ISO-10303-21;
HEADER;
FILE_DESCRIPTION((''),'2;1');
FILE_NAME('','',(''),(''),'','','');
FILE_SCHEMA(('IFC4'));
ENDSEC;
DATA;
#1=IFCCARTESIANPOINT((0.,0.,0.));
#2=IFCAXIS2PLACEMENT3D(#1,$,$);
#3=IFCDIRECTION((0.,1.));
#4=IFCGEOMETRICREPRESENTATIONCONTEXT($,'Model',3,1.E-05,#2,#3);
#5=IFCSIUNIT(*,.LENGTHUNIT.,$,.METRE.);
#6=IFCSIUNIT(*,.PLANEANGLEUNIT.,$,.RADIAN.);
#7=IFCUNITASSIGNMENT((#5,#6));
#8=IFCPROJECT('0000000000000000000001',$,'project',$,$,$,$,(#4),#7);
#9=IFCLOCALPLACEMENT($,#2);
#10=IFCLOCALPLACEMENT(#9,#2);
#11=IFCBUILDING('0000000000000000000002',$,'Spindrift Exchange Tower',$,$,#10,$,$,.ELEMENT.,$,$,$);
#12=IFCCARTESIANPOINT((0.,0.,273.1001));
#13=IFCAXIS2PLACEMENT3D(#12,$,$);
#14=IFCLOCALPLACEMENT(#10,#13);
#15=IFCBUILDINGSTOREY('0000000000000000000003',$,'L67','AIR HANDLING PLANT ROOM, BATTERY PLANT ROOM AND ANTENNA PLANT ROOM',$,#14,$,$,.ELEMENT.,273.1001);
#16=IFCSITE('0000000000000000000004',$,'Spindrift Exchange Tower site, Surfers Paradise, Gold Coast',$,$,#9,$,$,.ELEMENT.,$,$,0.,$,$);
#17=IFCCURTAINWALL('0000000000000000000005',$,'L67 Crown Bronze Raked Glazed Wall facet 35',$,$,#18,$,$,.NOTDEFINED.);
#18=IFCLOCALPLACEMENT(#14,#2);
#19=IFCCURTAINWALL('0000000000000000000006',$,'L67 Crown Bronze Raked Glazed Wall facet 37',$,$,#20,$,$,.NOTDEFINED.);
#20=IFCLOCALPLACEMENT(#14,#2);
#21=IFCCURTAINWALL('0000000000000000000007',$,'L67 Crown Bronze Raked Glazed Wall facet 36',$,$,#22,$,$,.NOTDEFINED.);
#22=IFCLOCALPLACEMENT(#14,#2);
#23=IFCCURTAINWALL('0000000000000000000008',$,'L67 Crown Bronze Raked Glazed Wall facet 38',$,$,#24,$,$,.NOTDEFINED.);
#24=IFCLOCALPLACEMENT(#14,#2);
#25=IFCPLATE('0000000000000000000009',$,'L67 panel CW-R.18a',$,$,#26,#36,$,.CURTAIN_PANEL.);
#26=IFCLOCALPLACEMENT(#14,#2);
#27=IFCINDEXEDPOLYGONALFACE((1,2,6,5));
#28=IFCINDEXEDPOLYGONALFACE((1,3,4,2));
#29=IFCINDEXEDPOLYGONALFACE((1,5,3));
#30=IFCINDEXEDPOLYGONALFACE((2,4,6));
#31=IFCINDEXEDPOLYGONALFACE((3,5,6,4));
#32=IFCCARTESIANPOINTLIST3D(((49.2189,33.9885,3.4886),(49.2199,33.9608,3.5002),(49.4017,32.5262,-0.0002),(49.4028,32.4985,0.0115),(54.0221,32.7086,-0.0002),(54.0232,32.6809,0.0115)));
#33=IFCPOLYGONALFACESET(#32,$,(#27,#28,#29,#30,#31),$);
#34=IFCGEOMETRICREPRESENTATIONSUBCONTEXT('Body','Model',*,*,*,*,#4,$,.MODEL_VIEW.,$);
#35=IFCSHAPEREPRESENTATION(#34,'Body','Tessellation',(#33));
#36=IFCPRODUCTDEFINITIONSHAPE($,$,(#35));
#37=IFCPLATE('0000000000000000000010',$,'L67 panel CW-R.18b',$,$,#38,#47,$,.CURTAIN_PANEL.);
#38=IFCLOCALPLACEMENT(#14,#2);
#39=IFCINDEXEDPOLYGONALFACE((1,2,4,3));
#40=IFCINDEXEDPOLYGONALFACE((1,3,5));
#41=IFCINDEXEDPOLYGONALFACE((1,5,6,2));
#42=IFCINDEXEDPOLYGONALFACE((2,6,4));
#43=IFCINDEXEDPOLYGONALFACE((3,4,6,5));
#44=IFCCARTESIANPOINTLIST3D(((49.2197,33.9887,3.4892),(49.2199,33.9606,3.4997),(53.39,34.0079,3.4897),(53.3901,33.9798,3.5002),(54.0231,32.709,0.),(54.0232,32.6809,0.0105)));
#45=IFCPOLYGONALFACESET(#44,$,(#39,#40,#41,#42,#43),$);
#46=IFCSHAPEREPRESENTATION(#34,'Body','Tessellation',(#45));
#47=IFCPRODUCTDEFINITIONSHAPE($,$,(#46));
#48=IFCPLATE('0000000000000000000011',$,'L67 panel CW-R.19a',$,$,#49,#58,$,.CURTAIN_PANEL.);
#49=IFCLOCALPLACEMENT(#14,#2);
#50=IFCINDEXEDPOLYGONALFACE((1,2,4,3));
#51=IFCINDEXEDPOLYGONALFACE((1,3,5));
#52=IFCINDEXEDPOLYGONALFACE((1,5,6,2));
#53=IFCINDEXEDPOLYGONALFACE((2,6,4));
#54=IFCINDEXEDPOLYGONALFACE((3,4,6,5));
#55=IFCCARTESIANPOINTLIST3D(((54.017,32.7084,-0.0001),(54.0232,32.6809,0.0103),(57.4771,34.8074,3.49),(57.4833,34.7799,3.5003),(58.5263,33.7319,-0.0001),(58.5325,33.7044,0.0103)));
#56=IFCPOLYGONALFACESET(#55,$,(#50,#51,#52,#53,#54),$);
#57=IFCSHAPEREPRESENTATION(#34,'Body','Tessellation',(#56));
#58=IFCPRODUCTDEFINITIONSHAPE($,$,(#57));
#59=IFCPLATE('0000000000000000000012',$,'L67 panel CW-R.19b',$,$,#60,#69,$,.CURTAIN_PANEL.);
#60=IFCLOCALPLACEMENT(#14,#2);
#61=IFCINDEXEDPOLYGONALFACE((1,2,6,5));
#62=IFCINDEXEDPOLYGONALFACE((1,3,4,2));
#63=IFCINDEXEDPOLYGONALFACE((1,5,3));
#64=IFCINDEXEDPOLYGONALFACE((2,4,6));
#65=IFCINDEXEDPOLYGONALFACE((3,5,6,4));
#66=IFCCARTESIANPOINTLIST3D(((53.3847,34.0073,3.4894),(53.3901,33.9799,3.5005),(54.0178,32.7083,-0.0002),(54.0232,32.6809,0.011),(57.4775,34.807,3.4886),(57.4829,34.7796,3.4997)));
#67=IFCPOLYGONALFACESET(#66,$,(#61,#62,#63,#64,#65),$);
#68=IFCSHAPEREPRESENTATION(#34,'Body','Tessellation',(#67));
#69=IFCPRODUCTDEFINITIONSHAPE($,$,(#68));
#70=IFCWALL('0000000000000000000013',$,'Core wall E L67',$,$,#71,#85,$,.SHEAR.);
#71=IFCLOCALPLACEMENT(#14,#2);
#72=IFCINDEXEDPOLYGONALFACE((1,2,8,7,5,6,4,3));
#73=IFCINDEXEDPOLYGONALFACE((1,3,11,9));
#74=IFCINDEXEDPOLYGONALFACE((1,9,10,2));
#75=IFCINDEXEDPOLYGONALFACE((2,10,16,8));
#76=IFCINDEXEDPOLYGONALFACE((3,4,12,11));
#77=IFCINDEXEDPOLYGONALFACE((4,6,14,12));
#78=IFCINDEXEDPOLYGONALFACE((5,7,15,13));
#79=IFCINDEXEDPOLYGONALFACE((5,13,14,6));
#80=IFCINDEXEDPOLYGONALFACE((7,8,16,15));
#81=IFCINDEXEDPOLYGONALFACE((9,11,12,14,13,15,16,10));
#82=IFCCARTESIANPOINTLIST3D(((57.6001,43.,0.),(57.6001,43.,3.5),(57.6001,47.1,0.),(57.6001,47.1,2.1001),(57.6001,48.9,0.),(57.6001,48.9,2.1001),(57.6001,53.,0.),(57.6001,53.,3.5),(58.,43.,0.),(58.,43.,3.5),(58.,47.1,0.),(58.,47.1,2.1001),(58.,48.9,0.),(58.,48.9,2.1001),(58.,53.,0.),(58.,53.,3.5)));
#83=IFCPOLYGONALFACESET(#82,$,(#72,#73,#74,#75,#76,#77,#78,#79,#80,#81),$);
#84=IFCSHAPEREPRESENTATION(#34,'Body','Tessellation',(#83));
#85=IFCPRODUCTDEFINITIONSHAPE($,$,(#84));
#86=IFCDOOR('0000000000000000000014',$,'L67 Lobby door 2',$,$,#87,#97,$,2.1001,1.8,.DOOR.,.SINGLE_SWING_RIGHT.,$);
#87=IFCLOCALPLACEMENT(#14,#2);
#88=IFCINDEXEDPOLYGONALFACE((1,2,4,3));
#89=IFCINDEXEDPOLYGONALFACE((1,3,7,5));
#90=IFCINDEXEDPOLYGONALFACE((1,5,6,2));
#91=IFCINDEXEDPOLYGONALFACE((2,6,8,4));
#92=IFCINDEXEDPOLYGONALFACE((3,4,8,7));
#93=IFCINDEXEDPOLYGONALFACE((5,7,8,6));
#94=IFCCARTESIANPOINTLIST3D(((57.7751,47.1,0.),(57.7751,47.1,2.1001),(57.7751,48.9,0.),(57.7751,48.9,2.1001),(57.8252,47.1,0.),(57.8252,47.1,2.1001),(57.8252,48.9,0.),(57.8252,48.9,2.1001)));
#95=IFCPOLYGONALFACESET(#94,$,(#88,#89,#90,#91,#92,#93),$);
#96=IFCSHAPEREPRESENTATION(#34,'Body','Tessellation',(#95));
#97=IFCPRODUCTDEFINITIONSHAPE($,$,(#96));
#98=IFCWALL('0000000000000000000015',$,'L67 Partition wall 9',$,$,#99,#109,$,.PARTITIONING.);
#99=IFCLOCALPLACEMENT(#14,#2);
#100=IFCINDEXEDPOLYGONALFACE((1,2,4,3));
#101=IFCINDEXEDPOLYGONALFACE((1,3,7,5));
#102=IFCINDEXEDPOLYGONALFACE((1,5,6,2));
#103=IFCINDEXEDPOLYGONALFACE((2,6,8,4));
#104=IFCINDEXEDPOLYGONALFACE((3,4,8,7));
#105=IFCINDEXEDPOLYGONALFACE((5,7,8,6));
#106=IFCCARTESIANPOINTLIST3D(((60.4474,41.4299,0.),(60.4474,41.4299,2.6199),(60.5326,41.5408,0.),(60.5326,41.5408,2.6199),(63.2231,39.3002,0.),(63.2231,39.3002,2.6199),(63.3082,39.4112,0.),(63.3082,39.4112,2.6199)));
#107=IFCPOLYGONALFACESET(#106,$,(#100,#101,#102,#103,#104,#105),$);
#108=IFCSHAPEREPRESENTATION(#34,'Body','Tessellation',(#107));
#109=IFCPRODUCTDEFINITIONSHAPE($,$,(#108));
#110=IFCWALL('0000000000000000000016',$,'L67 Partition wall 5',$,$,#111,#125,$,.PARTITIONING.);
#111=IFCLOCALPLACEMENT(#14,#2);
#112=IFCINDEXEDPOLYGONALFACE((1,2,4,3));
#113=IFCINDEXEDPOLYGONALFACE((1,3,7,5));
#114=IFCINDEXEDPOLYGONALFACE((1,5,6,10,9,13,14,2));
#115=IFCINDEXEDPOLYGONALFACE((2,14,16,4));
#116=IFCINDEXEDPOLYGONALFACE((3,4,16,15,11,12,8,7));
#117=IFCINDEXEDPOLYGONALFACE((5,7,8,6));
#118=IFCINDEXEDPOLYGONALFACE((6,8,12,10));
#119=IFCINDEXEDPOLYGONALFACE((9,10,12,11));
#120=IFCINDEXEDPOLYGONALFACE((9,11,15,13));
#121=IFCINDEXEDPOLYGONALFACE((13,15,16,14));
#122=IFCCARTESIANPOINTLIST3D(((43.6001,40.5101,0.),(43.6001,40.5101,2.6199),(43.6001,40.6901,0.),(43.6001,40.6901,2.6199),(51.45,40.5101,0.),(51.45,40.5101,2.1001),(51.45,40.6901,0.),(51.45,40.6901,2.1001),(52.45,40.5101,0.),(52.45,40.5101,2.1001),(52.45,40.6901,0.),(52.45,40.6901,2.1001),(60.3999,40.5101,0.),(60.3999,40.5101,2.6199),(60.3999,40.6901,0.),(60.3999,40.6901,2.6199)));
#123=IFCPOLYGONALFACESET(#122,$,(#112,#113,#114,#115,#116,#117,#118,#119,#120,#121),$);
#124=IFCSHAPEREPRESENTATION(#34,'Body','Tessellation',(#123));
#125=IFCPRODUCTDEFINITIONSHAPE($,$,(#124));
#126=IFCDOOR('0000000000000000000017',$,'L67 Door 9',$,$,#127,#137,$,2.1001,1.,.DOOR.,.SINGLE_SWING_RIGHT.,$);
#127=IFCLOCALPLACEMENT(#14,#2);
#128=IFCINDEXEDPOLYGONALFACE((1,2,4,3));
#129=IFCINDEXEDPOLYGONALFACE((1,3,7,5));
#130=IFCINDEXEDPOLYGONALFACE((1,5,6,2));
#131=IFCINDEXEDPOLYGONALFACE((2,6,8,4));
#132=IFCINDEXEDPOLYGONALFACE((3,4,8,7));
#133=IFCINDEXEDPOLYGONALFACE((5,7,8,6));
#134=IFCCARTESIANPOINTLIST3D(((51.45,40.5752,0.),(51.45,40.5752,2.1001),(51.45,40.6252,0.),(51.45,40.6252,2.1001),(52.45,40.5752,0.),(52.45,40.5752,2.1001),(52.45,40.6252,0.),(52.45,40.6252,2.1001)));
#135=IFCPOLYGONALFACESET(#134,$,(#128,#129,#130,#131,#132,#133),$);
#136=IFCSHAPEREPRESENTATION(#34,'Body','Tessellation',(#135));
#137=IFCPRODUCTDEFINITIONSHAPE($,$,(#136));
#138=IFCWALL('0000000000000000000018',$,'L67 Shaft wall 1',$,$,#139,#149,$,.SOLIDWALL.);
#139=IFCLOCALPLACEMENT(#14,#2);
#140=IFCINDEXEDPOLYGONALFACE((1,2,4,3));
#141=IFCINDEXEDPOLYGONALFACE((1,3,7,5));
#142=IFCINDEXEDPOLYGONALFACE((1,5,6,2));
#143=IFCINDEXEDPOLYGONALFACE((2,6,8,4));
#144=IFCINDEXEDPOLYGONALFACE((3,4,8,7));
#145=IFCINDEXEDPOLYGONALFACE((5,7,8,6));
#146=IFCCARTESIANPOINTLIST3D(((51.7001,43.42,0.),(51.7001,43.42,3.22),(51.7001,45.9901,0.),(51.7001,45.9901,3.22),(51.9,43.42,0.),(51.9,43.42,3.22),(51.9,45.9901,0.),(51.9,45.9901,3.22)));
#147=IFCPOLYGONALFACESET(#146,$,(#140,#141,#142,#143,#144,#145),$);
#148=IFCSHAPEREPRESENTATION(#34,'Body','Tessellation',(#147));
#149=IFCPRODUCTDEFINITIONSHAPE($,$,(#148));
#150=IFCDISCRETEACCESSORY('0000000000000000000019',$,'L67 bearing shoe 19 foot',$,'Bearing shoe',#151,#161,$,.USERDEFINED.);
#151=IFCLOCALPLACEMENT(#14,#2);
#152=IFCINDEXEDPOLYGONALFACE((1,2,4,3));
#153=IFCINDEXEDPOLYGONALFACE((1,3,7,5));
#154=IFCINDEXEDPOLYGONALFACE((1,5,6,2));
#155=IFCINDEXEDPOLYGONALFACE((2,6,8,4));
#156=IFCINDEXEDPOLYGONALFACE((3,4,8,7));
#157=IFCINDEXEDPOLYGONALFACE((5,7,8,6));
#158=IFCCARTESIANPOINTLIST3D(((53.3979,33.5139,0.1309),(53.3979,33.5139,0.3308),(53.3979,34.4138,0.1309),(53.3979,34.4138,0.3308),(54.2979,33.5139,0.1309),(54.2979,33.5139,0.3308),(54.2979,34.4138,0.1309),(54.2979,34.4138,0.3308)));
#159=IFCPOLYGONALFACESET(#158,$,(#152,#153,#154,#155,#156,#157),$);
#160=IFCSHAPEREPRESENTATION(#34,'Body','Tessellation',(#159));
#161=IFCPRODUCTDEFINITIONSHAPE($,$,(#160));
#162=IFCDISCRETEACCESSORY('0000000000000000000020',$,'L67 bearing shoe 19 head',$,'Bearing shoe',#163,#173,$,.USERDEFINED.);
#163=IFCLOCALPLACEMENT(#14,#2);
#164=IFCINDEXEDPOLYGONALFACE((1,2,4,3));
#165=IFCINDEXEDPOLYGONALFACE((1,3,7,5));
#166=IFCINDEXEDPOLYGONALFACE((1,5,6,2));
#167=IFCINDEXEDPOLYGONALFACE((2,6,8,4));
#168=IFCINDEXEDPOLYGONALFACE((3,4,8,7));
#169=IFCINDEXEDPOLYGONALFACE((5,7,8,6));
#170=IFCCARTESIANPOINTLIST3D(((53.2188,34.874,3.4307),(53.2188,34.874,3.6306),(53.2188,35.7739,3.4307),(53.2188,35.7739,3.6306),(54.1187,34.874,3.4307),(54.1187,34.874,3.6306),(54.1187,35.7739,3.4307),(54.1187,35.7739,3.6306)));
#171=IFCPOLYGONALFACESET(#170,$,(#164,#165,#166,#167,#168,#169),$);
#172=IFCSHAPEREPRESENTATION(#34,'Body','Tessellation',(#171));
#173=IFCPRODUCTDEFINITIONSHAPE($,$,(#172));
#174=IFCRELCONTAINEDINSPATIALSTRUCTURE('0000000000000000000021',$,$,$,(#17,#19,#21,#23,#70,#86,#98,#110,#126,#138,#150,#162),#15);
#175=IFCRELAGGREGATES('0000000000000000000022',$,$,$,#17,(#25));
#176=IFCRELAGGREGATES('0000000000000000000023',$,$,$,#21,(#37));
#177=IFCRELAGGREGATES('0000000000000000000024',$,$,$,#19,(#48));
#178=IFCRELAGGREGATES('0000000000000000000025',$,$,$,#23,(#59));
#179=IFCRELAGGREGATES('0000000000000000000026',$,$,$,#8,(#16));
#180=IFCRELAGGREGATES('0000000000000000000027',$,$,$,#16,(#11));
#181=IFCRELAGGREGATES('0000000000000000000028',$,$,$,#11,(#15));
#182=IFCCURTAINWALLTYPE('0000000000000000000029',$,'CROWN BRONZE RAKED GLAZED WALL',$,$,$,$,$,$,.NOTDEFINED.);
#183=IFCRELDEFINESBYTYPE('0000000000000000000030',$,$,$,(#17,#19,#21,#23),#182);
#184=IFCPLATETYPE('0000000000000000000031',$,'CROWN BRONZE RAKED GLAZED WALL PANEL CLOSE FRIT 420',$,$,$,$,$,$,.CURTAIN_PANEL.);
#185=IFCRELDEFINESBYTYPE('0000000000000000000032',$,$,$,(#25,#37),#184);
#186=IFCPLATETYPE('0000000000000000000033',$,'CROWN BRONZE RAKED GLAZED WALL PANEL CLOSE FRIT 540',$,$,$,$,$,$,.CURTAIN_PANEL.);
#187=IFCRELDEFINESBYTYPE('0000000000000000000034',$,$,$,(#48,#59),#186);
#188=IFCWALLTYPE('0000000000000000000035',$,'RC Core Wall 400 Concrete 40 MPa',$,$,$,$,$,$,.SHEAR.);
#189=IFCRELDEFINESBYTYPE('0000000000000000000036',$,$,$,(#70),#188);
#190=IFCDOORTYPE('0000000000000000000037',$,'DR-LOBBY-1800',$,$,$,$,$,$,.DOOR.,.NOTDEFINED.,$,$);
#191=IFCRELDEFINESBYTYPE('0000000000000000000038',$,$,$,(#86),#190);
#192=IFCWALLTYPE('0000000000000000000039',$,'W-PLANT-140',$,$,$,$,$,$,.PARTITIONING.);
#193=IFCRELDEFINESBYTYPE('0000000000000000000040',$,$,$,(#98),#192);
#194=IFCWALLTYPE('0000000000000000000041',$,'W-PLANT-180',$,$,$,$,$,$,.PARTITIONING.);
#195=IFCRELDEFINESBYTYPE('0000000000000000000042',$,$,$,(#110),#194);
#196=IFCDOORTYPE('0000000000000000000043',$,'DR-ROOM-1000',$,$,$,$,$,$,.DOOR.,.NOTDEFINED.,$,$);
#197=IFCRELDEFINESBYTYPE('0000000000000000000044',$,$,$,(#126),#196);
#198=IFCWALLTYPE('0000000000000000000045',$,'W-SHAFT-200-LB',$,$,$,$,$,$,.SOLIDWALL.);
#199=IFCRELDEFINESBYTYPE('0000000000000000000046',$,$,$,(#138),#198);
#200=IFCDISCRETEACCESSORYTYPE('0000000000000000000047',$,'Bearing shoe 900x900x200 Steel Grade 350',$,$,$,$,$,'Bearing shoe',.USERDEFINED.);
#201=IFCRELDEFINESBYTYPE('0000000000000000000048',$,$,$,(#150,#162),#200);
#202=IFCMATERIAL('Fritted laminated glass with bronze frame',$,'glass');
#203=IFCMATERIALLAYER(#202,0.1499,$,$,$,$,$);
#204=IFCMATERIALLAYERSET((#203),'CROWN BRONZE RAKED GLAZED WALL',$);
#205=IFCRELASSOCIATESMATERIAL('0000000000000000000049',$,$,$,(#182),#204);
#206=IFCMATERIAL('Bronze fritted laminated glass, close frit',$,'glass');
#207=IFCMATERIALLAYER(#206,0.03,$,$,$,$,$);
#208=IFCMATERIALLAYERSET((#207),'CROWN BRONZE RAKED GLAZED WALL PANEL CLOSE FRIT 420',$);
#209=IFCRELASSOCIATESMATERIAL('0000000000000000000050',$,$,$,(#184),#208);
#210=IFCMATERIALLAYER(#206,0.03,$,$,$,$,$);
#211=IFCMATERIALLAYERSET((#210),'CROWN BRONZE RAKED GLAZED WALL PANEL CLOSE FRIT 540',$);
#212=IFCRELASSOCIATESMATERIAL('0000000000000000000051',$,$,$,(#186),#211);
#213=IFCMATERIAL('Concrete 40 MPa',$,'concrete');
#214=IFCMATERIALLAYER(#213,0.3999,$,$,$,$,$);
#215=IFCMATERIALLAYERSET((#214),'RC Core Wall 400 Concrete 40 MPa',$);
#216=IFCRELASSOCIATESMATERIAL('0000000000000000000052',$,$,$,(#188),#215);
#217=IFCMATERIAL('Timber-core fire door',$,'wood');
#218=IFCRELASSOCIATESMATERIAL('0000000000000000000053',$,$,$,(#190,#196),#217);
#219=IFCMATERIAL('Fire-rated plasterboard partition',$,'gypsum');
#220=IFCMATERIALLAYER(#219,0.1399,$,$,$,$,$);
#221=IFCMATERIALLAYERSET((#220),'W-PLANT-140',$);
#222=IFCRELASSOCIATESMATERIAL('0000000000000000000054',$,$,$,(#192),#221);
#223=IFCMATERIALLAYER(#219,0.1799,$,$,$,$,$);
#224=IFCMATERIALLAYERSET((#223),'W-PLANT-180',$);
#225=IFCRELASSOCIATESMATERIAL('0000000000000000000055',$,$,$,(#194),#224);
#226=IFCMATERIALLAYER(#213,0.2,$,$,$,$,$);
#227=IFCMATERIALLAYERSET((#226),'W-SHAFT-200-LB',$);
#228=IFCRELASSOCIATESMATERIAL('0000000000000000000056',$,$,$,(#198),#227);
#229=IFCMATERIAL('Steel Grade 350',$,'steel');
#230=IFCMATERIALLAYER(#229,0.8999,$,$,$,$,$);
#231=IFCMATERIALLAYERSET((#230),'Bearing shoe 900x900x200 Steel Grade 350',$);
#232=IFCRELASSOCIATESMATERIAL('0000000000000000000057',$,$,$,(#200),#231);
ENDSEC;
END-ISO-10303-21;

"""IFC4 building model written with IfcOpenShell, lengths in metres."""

from ifc_helpers import new_model, si_unit, direction, frame, frame_2d, origin, origin_2d, place, context, subcontext, project, spatial, line, indexed_curve, rectangle, outline, extrude, source, transform, mapped, material, layer, layer_set, type_object, element, fill, aggregate, save


model = new_model("IFC4")

# Units and contexts
model_context = context("Model", 3, precision=1e-05, world=origin(), true_north=direction((0.0, 1.0)))
body_context = subcontext(model_context, "Body", "Model", "MODEL_VIEW")
ifc_project = project(units=[si_unit("LENGTHUNIT", "METRE"), si_unit("PLANEANGLEUNIT", "RADIAN")], contexts=[model_context])

# Site, building, storey
site_placement = place(None, origin())
site = spatial("IfcSite", under=ifc_project, at=site_placement, Name="Spindrift Exchange Tower site, Surfers Paradise, Gold Coast", CompositionType="ELEMENT", RefElevation=0.0)
building_placement = place(site_placement, origin())
building = spatial("IfcBuilding", under=site, at=building_placement, Name="Spindrift Exchange Tower", CompositionType="ELEMENT")
storey_placement = place(building_placement, frame((0.0, 0.0, 273.1001)))
storey = spatial("IfcBuildingStorey", under=building, at=storey_placement, Name="L67", Description="AIR HANDLING PLANT ROOM, BATTERY PLANT ROOM AND ANTENNA PLANT ROOM", CompositionType="ELEMENT", Elevation=273.1001)

# Shared definitions
ifc_material_1 = material(Name="Concrete 40 MPa", Category="concrete")

# Curtain walls
ifc_material_2 = material(Name="Fritted laminated glass with bronze frame", Category="glass")
ifc_layer_1 = layer(ifc_material_2, 0.1499)
ifc_layer_set_1 = layer_set([ifc_layer_1], Name="CROWN BRONZE RAKED GLAZED WALL")
curtain_wall_type = type_object("IfcCurtainWallType", Name="CROWN BRONZE RAKED GLAZED WALL", PredefinedType="NOTDEFINED", material=ifc_layer_set_1)
curtain_wall_1_placement = place(storey_placement, origin())
curtain_wall_1 = element("IfcCurtainWall", 1, at=curtain_wall_1_placement, inside=storey, type_object=curtain_wall_type, Name="L67 Crown Bronze Raked Glazed Wall facet 35", PredefinedType="NOTDEFINED")
curtain_wall_2_placement = place(storey_placement, origin())
curtain_wall_2 = element("IfcCurtainWall", 2, at=curtain_wall_2_placement, inside=storey, type_object=curtain_wall_type, Name="L67 Crown Bronze Raked Glazed Wall facet 37", PredefinedType="NOTDEFINED")
curtain_wall_3_placement = place(storey_placement, origin())
curtain_wall_3 = element("IfcCurtainWall", 3, at=curtain_wall_3_placement, inside=storey, type_object=curtain_wall_type, Name="L67 Crown Bronze Raked Glazed Wall facet 36", PredefinedType="NOTDEFINED")
curtain_wall_4_placement = place(storey_placement, origin())
curtain_wall_4 = element("IfcCurtainWall", 4, at=curtain_wall_4_placement, inside=storey, type_object=curtain_wall_type, Name="L67 Crown Bronze Raked Glazed Wall facet 38", PredefinedType="NOTDEFINED")

# Plates
ifc_material_3 = material(Name="Bronze fritted laminated glass, close frit", Category="glass")
ifc_layer_2 = layer(ifc_material_3, 0.03)
ifc_layer_set_2 = layer_set([ifc_layer_2], Name="CROWN BRONZE RAKED GLAZED WALL PANEL CLOSE FRIT 420")
plate_type_1 = type_object("IfcPlateType", Name="CROWN BRONZE RAKED GLAZED WALL PANEL CLOSE FRIT 420", PredefinedType="CURTAIN_PANEL", material=ifc_layer_set_2)
plate_1_placement = place(storey_placement, frame((54.0232, 32.6809, 0.0115), z_axis=(0.036354, -0.920974, 0.387924), x_axis=(-0.999222, -0.039443, 0.0)))
plate_1 = element("IfcPlate", 5, at=plate_1_placement, type_object=plate_type_1, Name="L67 panel CW-R.18a", PredefinedType="CURTAIN_PANEL", context=body_context, shape_type="SweptSolid", body=[
    extrude(outline(indexed_curve([(0.0, 0.0), (4.624, 0.0), (4.749, -3.7852)], segments=[line(1, 2, 3, 1)], self_intersect=False)), origin(), (0.0, 0.0, -1.0), 0.03),
])
aggregate(curtain_wall_1, [plate_1])
plate_2_placement = place(storey_placement, frame((54.0232, 32.6809, 0.0105), z_axis=(0.004278, -0.936923, 0.349509), x_axis=(-0.790901, 0.210709, 0.574524)))
plate_2 = element("IfcPlate", 6, at=plate_2_placement, type_object=plate_type_1, Name="L67 panel CW-R.18b", PredefinedType="CURTAIN_PANEL", context=body_context, shape_type="SweptSolid", body=[
    extrude(outline(indexed_curve([(0.0, 0.0), (6.0732, 0.0), (2.7793, -2.5576)], segments=[line(1, 2, 3, 1)], self_intersect=False)), origin(), (0.0, 0.0, -1.0), 0.03),
])
aggregate(curtain_wall_3, [plate_2])
ifc_layer_3 = layer(ifc_material_3, 0.03)
ifc_layer_set_3 = layer_set([ifc_layer_3], Name="CROWN BRONZE RAKED GLAZED WALL PANEL CLOSE FRIT 540")
plate_type_2 = type_object("IfcPlateType", Name="CROWN BRONZE RAKED GLAZED WALL PANEL CLOSE FRIT 540", PredefinedType="CURTAIN_PANEL", material=ifc_layer_set_3)
plate_3_placement = place(storey_placement, frame((54.0232, 32.6809, 0.0103), z_axis=(0.207777, -0.915468, 0.344597), x_axis=(0.975198, 0.221334, 0.0)))
plate_3 = element("IfcPlate", 7, at=plate_3_placement, type_object=plate_type_2, Name="L67 panel CW-R.19a", PredefinedType="CURTAIN_PANEL", context=body_context, shape_type="SweptSolid", body=[
    extrude(outline(indexed_curve([(0.0, 0.0), (4.624, 0.0), (3.8389, 3.7178)], segments=[line(1, 2, 3, 1)], self_intersect=False)), origin(), (0.0, 0.0, -1.0), 0.03),
])
aggregate(curtain_wall_2, [plate_3])
plate_4_placement = place(storey_placement, frame((54.0232, 32.6809, 0.011), z_axis=(0.178106, -0.911183, 0.371515), x_axis=(0.647544, 0.392812, 0.652982)))
plate_4 = element("IfcPlate", 8, at=plate_4_placement, type_object=plate_type_2, Name="L67 panel CW-R.19b", PredefinedType="CURTAIN_PANEL", context=body_context, shape_type="SweptSolid", body=[
    extrude(outline(indexed_curve([(0.0, 0.0), (5.3428, 0.0), (2.3789, 2.9336)], segments=[line(1, 2, 3, 1)], self_intersect=False)), origin(), (0.0, 0.0, -1.0), 0.03),
])
aggregate(curtain_wall_4, [plate_4])

# Wall, opening, door
ifc_layer_4 = layer(ifc_material_1, 0.3999)
ifc_layer_set_4 = layer_set([ifc_layer_4], Name="RC Core Wall 400 Concrete 40 MPa")
wall_type_1 = type_object("IfcWallType", Name="RC Core Wall 400 Concrete 40 MPa", PredefinedType="SHEAR", material=ifc_layer_set_4)
wall_1_placement = place(storey_placement, frame((57.8, 43.0, 0.0), z_axis=(0.0, 0.0, 1.0), x_axis=(0.0, 1.0, 0.0)))
wall_1 = element("IfcWall", 9, at=wall_1_placement, inside=storey, type_object=wall_type_1, Name="Core wall E L67", PredefinedType="SHEAR", context=body_context, shape_type="SweptSolid", body=[
    extrude(rectangle(XDim=10.0, YDim=0.3999, at=frame_2d((5.0, 0.0))), origin(), (0.0, 0.0, 1.0), 3.5),
])
opening_1_placement = place(wall_1_placement, frame((4.1001, 0.0, 0.0)))
opening_1 = element("IfcOpeningElement", 10, at=opening_1_placement, cuts=wall_1, PredefinedType="OPENING", context=body_context, shape_type="SweptSolid", body=[
    extrude(rectangle(XDim=1.8, YDim=2.1001, at=frame_2d((0.8999, 1.05))), frame((0.0, 0.21, 0.0), z_axis=(0.0, -1.0, 0.0), x_axis=(1.0, 0.0, 0.0)), (0.0, 0.0, 1.0), 0.4199),
])
ifc_material_4 = material(Name="Timber-core fire door", Category="wood")
door_type_1 = type_object("IfcDoorType", Name="DR-LOBBY-1800", OperationType="NOTDEFINED", PredefinedType="DOOR", material=ifc_material_4)
shared_shape_1 = source(origin(), body_context, "Body", "SweptSolid", [
    extrude(rectangle(XDim=1.8, YDim=2.1001, at=frame_2d((0.8999, 1.05))), frame((0.0, 0.0249, 0.0), z_axis=(0.0, -1.0, 0.0), x_axis=(1.0, 0.0, 0.0)), (0.0, 0.0, 1.0), 0.05),
])
door_1_placement = place(opening_1_placement, origin())
door_1 = element("IfcDoor", 11, at=door_1_placement, inside=storey, type_object=door_type_1, Name="L67 Lobby door 2", OperationType="SINGLE_SWING_RIGHT", OverallHeight=2.1001, OverallWidth=1.8, PredefinedType="DOOR", context=body_context, shape_type="MappedRepresentation", body=[
    mapped(shared_shape_1, transform((0.0, 0.0, 0.0), scale=1.0)),
])
fill(opening_1, door_1)

# Wall
ifc_material_5 = material(Name="Fire-rated plasterboard partition", Category="gypsum")
ifc_layer_5 = layer(ifc_material_5, 0.1399)
ifc_layer_set_5 = layer_set([ifc_layer_5], Name="W-PLANT-140")
wall_type_2 = type_object("IfcWallType", Name="W-PLANT-140", PredefinedType="PARTITIONING", material=ifc_layer_set_5)
wall_2_placement = place(storey_placement, frame((60.49, 41.4854, 0.0), z_axis=(0.0, 0.0, 1.0), x_axis=(0.793378, -0.608729, 0.0)))
element("IfcWall", 12, at=wall_2_placement, inside=storey, type_object=wall_type_2, Name="L67 Partition wall 9", PredefinedType="PARTITIONING", context=body_context, shape_type="SweptSolid", body=[
    extrude(rectangle(XDim=3.4985, YDim=0.1399, at=frame_2d((1.7493, 0.0))), origin(), (0.0, 0.0, 1.0), 2.6199),
])

# Wall, opening, door
ifc_layer_6 = layer(ifc_material_5, 0.1799)
ifc_layer_set_6 = layer_set([ifc_layer_6], Name="W-PLANT-180")
wall_type_3 = type_object("IfcWallType", Name="W-PLANT-180", PredefinedType="PARTITIONING", material=ifc_layer_set_6)
wall_3_placement = place(storey_placement, frame((60.3999, 40.6001, 0.0), z_axis=(0.0, 0.0, 1.0), x_axis=(-1.0, 0.0, 0.0)))
wall_3 = element("IfcWall", 13, at=wall_3_placement, inside=storey, type_object=wall_type_3, Name="L67 Partition wall 5", PredefinedType="PARTITIONING", context=body_context, shape_type="SweptSolid", body=[
    extrude(rectangle(XDim=16.7998, YDim=0.1799, at=frame_2d((8.3999, 0.0))), origin(), (0.0, 0.0, 1.0), 2.6199),
])
opening_2_placement = place(wall_3_placement, frame((7.95, 0.0, 0.0)))
opening_2 = element("IfcOpeningElement", 14, at=opening_2_placement, cuts=wall_3, PredefinedType="OPENING", context=body_context, shape_type="SweptSolid", body=[
    extrude(rectangle(XDim=1.0, YDim=2.1001, at=frame_2d((0.5, 1.05))), frame((0.0, 0.0999, 0.0), z_axis=(0.0, -1.0, 0.0), x_axis=(1.0, 0.0, 0.0)), (0.0, 0.0, 1.0), 0.2),
])
door_type_2 = type_object("IfcDoorType", Name="DR-ROOM-1000", OperationType="NOTDEFINED", PredefinedType="DOOR", material=ifc_material_4)
shared_shape_2 = source(origin(), body_context, "Body", "SweptSolid", [
    extrude(rectangle(XDim=1.0, YDim=2.1001, at=frame_2d((0.5, 1.05))), frame((0.0, 0.0249, 0.0), z_axis=(0.0, -1.0, 0.0), x_axis=(1.0, 0.0, 0.0)), (0.0, 0.0, 1.0), 0.05),
])
door_2_placement = place(opening_2_placement, origin())
door_2 = element("IfcDoor", 15, at=door_2_placement, inside=storey, type_object=door_type_2, Name="L67 Door 9", OperationType="SINGLE_SWING_RIGHT", OverallHeight=2.1001, OverallWidth=1.0, PredefinedType="DOOR", context=body_context, shape_type="MappedRepresentation", body=[
    mapped(shared_shape_2, transform((0.0, 0.0, 0.0), scale=1.0)),
])
fill(opening_2, door_2)

# Wall
ifc_layer_7 = layer(ifc_material_1, 0.2)
ifc_layer_set_7 = layer_set([ifc_layer_7], Name="W-SHAFT-200-LB")
wall_type_4 = type_object("IfcWallType", Name="W-SHAFT-200-LB", PredefinedType="SOLIDWALL", material=ifc_layer_set_7)
wall_4_placement = place(storey_placement, frame((51.8, 43.4199, 0.0), z_axis=(0.0, 0.0, 1.0), x_axis=(0.0, 1.0, 0.0)))
element("IfcWall", 16, at=wall_4_placement, inside=storey, type_object=wall_type_4, Name="L67 Shaft wall 1", PredefinedType="SOLIDWALL", context=body_context, shape_type="SweptSolid", body=[
    extrude(rectangle(XDim=2.5701, YDim=0.2, at=frame_2d((1.2852, 0.0))), origin(), (0.0, 0.0, 1.0), 3.22),
])

# Discrete accessories
ifc_material_6 = material(Name="Steel Grade 350", Category="steel")
ifc_layer_8 = layer(ifc_material_6, 0.8999)
ifc_layer_set_8 = layer_set([ifc_layer_8], Name="Bearing shoe 900x900x200 Steel Grade 350")
discrete_accessory_type = type_object("IfcDiscreteAccessoryType", Name="Bearing shoe 900x900x200 Steel Grade 350", ElementType="Bearing shoe", PredefinedType="USERDEFINED", material=ifc_layer_set_8)
shared_shape_3 = source(origin(), body_context, "Body", "SweptSolid", [
    extrude(rectangle(XDim=0.8999, YDim=0.8999, at=origin_2d()), origin(), (0.0, 0.0, 1.0), 0.2),
])
for number, where, z_axis, x_axis, name in (
    (17, (53.8479, 33.9639, 0.1309), (0.0, 0.0, 1.0), (1.0, 0.0, 0.0), "L67 bearing shoe 19 foot"),
    (18, (53.6687, 35.324, 3.4307), (0.0, 0.0, 1.0), (1.0, 0.0, 0.0), "L67 bearing shoe 19 head"),
):
    element("IfcDiscreteAccessory", number, at=place(storey_placement, frame(where, z_axis=z_axis, x_axis=x_axis)), inside=storey, type_object=discrete_accessory_type, Name=name, ObjectType="Bearing shoe", PredefinedType="USERDEFINED", context=body_context, shape_type="MappedRepresentation", body=[
        mapped(shared_shape_3, transform((0.0, 0.0, 0.0), scale=1.0)),
    ])

save(model, "model.ifc")
